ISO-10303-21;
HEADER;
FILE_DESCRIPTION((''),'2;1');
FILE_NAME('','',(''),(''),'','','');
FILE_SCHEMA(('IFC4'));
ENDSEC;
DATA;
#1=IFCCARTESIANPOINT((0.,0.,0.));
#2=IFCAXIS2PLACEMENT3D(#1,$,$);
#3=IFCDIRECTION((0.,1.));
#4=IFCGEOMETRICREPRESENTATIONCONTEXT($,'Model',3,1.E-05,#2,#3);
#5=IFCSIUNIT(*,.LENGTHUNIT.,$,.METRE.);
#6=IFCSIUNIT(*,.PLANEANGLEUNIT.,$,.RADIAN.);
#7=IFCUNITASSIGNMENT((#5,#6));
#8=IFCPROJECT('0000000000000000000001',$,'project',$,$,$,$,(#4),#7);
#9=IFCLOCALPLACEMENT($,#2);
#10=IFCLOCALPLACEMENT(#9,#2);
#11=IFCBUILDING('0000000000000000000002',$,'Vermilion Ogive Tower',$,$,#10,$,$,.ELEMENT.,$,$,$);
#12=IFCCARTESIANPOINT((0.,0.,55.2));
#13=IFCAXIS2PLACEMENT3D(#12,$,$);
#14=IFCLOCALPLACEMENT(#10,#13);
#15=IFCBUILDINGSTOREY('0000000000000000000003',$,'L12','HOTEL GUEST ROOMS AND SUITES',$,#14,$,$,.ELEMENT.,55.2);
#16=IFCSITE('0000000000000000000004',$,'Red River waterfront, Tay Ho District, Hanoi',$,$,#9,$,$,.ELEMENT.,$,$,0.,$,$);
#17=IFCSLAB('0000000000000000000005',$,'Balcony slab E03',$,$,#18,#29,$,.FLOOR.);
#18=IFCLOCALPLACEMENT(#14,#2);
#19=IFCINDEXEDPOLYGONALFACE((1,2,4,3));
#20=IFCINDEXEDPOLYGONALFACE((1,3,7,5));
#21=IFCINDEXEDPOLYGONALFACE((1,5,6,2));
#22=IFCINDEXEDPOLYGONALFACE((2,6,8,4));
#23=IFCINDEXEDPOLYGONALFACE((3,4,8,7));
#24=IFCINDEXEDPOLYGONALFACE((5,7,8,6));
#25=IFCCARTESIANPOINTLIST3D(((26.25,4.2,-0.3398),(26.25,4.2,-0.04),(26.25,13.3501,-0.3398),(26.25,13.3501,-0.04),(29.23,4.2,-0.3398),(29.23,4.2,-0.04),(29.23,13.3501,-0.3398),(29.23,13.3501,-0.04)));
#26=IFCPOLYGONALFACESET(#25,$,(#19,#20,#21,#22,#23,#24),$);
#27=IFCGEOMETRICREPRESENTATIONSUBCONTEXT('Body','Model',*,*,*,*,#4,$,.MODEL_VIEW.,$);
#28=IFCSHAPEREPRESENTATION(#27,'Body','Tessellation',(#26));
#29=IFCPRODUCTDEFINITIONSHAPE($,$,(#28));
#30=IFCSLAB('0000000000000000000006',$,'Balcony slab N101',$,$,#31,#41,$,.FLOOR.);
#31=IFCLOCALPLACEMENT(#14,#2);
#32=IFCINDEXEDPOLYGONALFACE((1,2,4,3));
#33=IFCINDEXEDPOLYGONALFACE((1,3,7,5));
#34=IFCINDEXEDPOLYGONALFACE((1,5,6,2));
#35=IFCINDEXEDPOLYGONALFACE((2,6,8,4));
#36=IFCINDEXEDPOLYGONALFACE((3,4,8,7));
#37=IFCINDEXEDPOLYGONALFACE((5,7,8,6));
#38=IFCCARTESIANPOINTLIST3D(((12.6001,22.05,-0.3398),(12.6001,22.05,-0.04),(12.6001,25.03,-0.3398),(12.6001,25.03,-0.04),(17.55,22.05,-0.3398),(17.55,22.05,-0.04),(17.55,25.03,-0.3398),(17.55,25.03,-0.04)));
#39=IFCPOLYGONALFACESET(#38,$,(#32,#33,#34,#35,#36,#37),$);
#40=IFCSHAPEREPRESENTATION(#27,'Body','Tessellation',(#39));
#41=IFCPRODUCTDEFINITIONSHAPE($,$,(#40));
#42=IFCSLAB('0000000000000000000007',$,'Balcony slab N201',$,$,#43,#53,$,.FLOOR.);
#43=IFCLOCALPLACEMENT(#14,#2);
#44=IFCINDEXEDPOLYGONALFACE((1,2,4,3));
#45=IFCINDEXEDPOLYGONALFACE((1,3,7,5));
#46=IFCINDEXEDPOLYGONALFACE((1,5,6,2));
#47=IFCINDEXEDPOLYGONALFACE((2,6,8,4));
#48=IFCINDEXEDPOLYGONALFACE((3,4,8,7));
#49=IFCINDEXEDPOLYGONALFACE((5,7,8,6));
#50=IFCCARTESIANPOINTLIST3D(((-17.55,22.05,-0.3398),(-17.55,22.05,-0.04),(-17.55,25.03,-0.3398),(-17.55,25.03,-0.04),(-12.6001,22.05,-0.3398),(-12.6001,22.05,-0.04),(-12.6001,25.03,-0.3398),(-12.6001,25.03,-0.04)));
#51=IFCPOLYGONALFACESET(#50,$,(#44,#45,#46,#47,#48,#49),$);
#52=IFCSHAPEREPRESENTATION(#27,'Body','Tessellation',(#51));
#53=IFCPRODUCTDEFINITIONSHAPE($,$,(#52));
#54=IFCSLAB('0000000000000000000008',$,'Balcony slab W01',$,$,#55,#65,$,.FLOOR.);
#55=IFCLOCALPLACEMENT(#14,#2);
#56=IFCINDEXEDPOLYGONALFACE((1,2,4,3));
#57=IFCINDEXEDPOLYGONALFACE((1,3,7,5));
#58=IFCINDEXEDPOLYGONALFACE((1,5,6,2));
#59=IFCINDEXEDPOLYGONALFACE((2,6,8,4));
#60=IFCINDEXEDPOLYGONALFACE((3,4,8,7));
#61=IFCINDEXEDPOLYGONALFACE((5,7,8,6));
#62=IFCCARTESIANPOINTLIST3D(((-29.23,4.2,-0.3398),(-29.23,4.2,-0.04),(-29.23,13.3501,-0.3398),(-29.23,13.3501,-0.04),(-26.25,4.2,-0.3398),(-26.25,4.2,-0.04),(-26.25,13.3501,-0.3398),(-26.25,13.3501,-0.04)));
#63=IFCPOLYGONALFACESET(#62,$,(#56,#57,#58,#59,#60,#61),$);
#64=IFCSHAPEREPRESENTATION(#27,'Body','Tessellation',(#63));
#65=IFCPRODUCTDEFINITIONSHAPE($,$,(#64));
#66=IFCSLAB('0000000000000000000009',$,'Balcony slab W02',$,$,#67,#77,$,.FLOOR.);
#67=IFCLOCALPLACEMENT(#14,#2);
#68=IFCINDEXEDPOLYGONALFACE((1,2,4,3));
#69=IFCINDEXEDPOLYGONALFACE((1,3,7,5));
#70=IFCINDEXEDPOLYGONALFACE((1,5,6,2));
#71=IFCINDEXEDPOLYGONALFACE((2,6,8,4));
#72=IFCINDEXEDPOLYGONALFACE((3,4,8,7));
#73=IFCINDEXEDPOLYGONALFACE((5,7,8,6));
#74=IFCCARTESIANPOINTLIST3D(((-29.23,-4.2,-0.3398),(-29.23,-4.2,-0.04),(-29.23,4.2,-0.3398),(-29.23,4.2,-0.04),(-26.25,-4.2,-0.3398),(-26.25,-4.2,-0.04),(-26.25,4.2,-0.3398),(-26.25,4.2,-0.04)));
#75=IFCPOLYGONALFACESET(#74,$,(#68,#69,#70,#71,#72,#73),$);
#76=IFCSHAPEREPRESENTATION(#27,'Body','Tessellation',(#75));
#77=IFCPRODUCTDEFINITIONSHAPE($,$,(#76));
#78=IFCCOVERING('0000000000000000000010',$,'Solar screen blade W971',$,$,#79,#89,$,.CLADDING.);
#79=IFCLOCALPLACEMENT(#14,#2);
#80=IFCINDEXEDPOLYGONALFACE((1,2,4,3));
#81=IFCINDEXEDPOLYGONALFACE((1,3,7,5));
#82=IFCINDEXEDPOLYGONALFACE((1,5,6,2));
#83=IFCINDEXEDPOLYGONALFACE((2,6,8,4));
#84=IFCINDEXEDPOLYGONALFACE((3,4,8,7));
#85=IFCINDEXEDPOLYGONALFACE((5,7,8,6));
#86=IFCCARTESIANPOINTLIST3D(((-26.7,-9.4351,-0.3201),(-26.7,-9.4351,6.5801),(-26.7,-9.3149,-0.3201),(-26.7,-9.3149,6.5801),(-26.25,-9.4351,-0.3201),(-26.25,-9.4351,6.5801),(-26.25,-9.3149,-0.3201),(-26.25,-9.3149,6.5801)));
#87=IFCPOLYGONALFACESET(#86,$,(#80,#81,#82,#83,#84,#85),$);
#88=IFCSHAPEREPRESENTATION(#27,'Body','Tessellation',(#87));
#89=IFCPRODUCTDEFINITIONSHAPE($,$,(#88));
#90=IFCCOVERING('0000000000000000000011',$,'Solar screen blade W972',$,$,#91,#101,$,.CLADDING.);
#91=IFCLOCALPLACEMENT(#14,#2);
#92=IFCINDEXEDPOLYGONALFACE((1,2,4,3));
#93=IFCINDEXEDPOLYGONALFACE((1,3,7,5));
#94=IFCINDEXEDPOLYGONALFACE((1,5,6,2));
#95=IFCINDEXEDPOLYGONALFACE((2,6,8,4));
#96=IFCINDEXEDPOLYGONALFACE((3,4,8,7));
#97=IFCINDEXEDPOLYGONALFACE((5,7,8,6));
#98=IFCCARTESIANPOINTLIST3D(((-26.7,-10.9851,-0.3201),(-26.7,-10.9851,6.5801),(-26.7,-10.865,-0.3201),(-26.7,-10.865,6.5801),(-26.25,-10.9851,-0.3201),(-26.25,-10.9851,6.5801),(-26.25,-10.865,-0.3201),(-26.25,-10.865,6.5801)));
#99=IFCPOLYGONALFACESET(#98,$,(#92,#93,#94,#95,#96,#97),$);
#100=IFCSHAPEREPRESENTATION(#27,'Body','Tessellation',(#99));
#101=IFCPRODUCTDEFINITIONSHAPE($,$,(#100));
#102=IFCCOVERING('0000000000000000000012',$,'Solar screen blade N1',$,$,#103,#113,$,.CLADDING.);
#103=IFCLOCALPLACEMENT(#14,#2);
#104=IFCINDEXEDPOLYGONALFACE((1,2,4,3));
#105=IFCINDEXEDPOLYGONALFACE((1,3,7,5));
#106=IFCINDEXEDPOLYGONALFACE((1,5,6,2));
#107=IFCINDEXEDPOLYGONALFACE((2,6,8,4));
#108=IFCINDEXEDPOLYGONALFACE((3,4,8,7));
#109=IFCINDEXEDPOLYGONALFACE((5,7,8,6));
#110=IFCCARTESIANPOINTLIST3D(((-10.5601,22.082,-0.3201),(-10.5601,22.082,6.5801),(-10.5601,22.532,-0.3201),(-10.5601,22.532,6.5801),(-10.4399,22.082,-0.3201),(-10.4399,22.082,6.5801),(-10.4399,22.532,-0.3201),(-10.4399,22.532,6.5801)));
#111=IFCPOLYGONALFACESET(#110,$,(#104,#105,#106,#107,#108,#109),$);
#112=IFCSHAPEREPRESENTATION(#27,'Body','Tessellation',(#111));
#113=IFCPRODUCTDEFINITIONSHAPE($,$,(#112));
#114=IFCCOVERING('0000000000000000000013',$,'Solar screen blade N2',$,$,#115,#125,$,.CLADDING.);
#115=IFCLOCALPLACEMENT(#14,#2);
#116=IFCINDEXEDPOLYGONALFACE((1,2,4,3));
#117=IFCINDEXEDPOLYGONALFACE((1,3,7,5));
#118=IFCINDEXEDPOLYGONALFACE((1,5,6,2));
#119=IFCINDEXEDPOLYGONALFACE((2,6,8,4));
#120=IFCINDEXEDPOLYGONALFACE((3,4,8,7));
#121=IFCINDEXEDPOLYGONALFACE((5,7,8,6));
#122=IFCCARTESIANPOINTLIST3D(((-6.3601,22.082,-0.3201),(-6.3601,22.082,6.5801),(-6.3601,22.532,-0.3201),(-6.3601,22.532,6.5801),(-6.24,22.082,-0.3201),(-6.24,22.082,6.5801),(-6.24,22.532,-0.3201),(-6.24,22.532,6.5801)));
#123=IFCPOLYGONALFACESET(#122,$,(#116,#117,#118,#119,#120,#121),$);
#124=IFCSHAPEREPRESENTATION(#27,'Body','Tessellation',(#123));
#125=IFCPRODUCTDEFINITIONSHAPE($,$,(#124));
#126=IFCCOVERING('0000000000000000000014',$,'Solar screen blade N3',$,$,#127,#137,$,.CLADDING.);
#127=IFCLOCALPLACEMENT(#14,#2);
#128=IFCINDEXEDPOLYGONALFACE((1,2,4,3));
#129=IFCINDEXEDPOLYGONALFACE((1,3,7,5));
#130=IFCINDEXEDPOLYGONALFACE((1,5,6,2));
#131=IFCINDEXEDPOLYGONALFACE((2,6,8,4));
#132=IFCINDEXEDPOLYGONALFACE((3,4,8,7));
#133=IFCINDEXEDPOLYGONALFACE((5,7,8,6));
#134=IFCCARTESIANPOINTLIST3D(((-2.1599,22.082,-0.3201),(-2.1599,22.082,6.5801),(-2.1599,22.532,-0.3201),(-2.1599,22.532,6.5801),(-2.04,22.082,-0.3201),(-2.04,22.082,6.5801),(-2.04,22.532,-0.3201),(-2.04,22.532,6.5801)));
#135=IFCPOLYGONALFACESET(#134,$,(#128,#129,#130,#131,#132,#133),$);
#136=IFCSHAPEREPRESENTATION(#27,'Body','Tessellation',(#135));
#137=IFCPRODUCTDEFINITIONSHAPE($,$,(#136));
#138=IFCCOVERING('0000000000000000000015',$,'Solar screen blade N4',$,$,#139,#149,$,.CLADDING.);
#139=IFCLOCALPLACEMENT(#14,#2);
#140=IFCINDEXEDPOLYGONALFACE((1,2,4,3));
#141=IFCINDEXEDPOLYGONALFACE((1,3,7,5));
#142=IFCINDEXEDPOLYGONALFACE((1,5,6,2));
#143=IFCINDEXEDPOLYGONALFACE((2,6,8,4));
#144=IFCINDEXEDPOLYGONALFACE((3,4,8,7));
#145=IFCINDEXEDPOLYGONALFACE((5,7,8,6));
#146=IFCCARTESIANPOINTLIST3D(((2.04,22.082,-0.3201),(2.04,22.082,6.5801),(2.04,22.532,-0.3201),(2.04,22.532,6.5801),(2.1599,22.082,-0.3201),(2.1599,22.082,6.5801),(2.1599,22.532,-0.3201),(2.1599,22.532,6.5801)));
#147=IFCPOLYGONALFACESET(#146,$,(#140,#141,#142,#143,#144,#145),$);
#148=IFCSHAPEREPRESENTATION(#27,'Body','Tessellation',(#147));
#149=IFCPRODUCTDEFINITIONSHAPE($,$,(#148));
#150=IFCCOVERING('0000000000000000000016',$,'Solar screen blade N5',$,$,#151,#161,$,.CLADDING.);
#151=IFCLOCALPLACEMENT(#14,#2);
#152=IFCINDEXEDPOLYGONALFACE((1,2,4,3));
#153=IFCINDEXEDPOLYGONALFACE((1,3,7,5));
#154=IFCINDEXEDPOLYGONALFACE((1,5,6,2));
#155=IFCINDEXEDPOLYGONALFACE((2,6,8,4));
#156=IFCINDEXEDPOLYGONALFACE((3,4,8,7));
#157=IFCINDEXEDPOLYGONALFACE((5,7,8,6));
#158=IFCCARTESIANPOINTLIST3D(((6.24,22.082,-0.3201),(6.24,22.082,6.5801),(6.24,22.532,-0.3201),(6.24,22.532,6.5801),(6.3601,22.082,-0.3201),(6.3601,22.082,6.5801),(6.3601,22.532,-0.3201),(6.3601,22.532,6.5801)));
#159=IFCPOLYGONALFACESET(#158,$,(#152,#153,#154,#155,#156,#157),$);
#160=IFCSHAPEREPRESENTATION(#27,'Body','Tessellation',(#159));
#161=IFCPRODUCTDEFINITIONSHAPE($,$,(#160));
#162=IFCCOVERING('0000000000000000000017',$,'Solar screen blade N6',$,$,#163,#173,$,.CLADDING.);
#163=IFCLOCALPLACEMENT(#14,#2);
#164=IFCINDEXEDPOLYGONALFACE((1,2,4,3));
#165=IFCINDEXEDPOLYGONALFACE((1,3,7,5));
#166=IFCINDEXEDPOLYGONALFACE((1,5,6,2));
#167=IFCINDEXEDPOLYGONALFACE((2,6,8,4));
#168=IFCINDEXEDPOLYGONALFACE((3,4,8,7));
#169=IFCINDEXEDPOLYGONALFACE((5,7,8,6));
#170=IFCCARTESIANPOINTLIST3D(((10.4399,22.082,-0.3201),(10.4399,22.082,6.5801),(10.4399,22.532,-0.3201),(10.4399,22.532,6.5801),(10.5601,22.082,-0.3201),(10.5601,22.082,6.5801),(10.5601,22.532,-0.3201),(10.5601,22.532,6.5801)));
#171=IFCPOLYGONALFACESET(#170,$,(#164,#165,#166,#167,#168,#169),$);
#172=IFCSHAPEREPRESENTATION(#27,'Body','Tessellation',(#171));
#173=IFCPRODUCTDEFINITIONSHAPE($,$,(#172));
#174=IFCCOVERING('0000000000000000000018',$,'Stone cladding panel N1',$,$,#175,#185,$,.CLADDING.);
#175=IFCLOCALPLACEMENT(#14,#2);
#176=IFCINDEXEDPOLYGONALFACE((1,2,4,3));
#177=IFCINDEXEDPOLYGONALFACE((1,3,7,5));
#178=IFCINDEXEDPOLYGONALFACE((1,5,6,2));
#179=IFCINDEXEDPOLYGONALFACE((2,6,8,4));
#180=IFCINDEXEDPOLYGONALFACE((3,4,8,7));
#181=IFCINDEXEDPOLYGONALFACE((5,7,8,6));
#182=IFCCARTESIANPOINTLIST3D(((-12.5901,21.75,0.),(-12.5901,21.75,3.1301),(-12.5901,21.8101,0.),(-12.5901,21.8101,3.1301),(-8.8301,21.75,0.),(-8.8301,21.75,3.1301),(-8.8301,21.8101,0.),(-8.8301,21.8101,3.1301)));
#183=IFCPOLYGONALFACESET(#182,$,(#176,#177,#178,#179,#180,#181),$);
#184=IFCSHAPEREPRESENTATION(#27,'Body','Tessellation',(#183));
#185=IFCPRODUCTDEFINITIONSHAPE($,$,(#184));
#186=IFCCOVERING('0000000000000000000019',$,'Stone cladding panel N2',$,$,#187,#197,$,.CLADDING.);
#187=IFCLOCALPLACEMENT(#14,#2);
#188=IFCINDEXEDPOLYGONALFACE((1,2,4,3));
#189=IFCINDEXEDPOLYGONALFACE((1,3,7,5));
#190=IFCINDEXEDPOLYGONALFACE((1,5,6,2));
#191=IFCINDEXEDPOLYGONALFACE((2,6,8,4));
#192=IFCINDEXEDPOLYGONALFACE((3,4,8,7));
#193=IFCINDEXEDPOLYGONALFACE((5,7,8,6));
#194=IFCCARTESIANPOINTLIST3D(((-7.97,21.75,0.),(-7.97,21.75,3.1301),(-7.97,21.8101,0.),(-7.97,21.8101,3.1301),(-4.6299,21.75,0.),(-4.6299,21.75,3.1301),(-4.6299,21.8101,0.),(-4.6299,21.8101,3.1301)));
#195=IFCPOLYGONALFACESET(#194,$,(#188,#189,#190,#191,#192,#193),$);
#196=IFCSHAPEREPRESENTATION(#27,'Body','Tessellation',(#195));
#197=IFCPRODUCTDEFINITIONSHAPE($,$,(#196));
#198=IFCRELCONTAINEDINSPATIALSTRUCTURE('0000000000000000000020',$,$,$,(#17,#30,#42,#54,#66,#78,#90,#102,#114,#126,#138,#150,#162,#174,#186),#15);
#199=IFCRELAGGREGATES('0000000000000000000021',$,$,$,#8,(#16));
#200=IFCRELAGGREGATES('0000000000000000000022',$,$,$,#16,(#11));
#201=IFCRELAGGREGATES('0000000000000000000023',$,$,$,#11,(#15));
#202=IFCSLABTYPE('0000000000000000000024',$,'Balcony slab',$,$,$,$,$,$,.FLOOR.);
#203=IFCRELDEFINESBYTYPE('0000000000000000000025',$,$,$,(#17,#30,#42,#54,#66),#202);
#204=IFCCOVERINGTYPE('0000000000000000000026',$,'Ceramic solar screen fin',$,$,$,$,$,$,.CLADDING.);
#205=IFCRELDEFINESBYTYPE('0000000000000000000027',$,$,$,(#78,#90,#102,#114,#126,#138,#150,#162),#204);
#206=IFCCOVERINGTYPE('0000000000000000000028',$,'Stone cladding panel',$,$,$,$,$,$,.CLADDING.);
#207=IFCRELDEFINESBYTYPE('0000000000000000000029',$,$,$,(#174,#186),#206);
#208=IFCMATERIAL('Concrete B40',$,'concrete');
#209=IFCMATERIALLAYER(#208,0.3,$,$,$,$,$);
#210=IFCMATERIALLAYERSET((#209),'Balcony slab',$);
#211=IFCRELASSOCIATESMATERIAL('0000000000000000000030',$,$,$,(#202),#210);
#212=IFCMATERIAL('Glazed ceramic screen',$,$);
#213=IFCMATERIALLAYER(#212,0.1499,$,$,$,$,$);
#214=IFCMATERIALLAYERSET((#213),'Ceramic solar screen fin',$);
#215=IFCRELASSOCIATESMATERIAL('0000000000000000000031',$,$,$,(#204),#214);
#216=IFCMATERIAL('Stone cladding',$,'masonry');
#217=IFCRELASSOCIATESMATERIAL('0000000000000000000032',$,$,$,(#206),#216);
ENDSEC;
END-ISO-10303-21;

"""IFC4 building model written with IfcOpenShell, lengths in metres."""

from ifc_helpers import new_model, si_unit, direction, frame, origin, place, context, subcontext, project, spatial, polyline, outline, extrude, material, layer, layer_set, type_object, element, save


model = new_model("IFC4")

# Units and contexts
model_context = context("Model", 3, precision=1e-05, world=origin(), true_north=direction((0.0, 1.0)))
body_context = subcontext(model_context, "Body", "Model", "MODEL_VIEW")
ifc_project = project(units=[si_unit("LENGTHUNIT", "METRE"), si_unit("PLANEANGLEUNIT", "RADIAN")], contexts=[model_context])

# Site, building, storey
site_placement = place(None, origin())
site = spatial("IfcSite", under=ifc_project, at=site_placement, Name="Red River waterfront, Tay Ho District, Hanoi", CompositionType="ELEMENT", RefElevation=0.0)
building_placement = place(site_placement, origin())
building = spatial("IfcBuilding", under=site, at=building_placement, Name="Vermilion Ogive Tower", CompositionType="ELEMENT")
storey_placement = place(building_placement, frame((0.0, 0.0, 55.2)))
storey = spatial("IfcBuildingStorey", under=building, at=storey_placement, Name="L12", Description="HOTEL GUEST ROOMS AND SUITES", CompositionType="ELEMENT", Elevation=55.2)

# Slabs
ifc_material_1 = material(Name="Concrete B40", Category="concrete")
ifc_layer_1 = layer(ifc_material_1, 0.3)
ifc_layer_set_1 = layer_set([ifc_layer_1], Name="Balcony slab")
slab_type = type_object("IfcSlabType", Name="Balcony slab", PredefinedType="FLOOR", material=ifc_layer_set_1)
slab_1_placement = place(storey_placement, frame((0.0, 0.0, -0.3398)))
element("IfcSlab", 1, at=slab_1_placement, inside=storey, type_object=slab_type, Name="Balcony slab E03", PredefinedType="FLOOR", context=body_context, shape_type="SweptSolid", body=[
    extrude(outline(polyline([(29.23, 4.2), (29.23, 13.3501), (26.25, 13.3501), (26.25, 4.2), (29.23, 4.2)])), origin(), (0.0, 0.0, 1.0), 0.2998),
])
slab_2_placement = place(storey_placement, frame((0.0, 0.0, -0.3398)))
element("IfcSlab", 2, at=slab_2_placement, inside=storey, type_object=slab_type, Name="Balcony slab N101", PredefinedType="FLOOR", context=body_context, shape_type="SweptSolid", body=[
    extrude(outline(polyline([(17.55, 25.03), (12.6001, 25.03), (12.6001, 22.05), (17.55, 22.05), (17.55, 25.03)])), origin(), (0.0, 0.0, 1.0), 0.2998),
])
slab_3_placement = place(storey_placement, frame((0.0, 0.0, -0.3398)))
element("IfcSlab", 3, at=slab_3_placement, inside=storey, type_object=slab_type, Name="Balcony slab N201", PredefinedType="FLOOR", context=body_context, shape_type="SweptSolid", body=[
    extrude(outline(polyline([(-12.6001, 25.03), (-17.55, 25.03), (-17.55, 22.05), (-12.6001, 22.05), (-12.6001, 25.03)])), origin(), (0.0, 0.0, 1.0), 0.2998),
])
slab_4_placement = place(storey_placement, frame((0.0, 0.0, -0.3398)))
element("IfcSlab", 4, at=slab_4_placement, inside=storey, type_object=slab_type, Name="Balcony slab W01", PredefinedType="FLOOR", context=body_context, shape_type="SweptSolid", body=[
    extrude(outline(polyline([(-29.23, 13.3501), (-29.23, 4.2), (-26.25, 4.2), (-26.25, 13.3501), (-29.23, 13.3501)])), origin(), (0.0, 0.0, 1.0), 0.2998),
])
slab_5_placement = place(storey_placement, frame((0.0, 0.0, -0.3398)))
element("IfcSlab", 5, at=slab_5_placement, inside=storey, type_object=slab_type, Name="Balcony slab W02", PredefinedType="FLOOR", context=body_context, shape_type="SweptSolid", body=[
    extrude(outline(polyline([(-29.23, 4.2), (-29.23, -4.2), (-26.25, -4.2), (-26.25, 4.2), (-29.23, 4.2)])), origin(), (0.0, 0.0, 1.0), 0.2998),
])

# Coverings
ifc_material_2 = material(Name="Glazed ceramic screen")
ifc_layer_2 = layer(ifc_material_2, 0.1499)
ifc_layer_set_2 = layer_set([ifc_layer_2], Name="Ceramic solar screen fin")
covering_type_1 = type_object("IfcCoveringType", Name="Ceramic solar screen fin", PredefinedType="CLADDING", material=ifc_layer_set_2)
covering_1_placement = place(storey_placement, frame((0.0, 0.0, -0.3201)))
element("IfcCovering", 6, at=covering_1_placement, inside=storey, type_object=covering_type_1, Name="Solar screen blade W971", PredefinedType="CLADDING", context=body_context, shape_type="SweptSolid", body=[
    extrude(outline(polyline([(-26.7, -9.3149), (-26.7, -9.4351), (-26.25, -9.4351), (-26.25, -9.3149), (-26.7, -9.3149)])), origin(), (0.0, 0.0, 1.0), 6.9001),
])
covering_2_placement = place(storey_placement, frame((0.0, 0.0, -0.3201)))
element("IfcCovering", 7, at=covering_2_placement, inside=storey, type_object=covering_type_1, Name="Solar screen blade W972", PredefinedType="CLADDING", context=body_context, shape_type="SweptSolid", body=[
    extrude(outline(polyline([(-26.7, -10.865), (-26.7, -10.9851), (-26.25, -10.9851), (-26.25, -10.865), (-26.7, -10.865)])), origin(), (0.0, 0.0, 1.0), 6.9001),
])
covering_3_placement = place(storey_placement, frame((0.0, 0.0, -0.3201)))
element("IfcCovering", 8, at=covering_3_placement, inside=storey, type_object=covering_type_1, Name="Solar screen blade N1", PredefinedType="CLADDING", context=body_context, shape_type="SweptSolid", body=[
    extrude(outline(polyline([(-10.5601, 22.082), (-10.4399, 22.082), (-10.4399, 22.532), (-10.5601, 22.532), (-10.5601, 22.082)])), origin(), (0.0, 0.0, 1.0), 6.9001),
])
covering_4_placement = place(storey_placement, frame((0.0, 0.0, -0.3201)))
element("IfcCovering", 9, at=covering_4_placement, inside=storey, type_object=covering_type_1, Name="Solar screen blade N2", PredefinedType="CLADDING", context=body_context, shape_type="SweptSolid", body=[
    extrude(outline(polyline([(-6.3601, 22.082), (-6.24, 22.082), (-6.24, 22.532), (-6.3601, 22.532), (-6.3601, 22.082)])), origin(), (0.0, 0.0, 1.0), 6.9001),
])
covering_5_placement = place(storey_placement, frame((0.0, 0.0, -0.3201)))
element("IfcCovering", 10, at=covering_5_placement, inside=storey, type_object=covering_type_1, Name="Solar screen blade N3", PredefinedType="CLADDING", context=body_context, shape_type="SweptSolid", body=[
    extrude(outline(polyline([(-2.1599, 22.082), (-2.04, 22.082), (-2.04, 22.532), (-2.1599, 22.532), (-2.1599, 22.082)])), origin(), (0.0, 0.0, 1.0), 6.9001),
])
covering_6_placement = place(storey_placement, frame((0.0, 0.0, -0.3201)))
element("IfcCovering", 11, at=covering_6_placement, inside=storey, type_object=covering_type_1, Name="Solar screen blade N4", PredefinedType="CLADDING", context=body_context, shape_type="SweptSolid", body=[
    extrude(outline(polyline([(2.04, 22.082), (2.1599, 22.082), (2.1599, 22.532), (2.04, 22.532), (2.04, 22.082)])), origin(), (0.0, 0.0, 1.0), 6.9001),
])
covering_7_placement = place(storey_placement, frame((0.0, 0.0, -0.3201)))
element("IfcCovering", 12, at=covering_7_placement, inside=storey, type_object=covering_type_1, Name="Solar screen blade N5", PredefinedType="CLADDING", context=body_context, shape_type="SweptSolid", body=[
    extrude(outline(polyline([(6.24, 22.082), (6.3601, 22.082), (6.3601, 22.532), (6.24, 22.532), (6.24, 22.082)])), origin(), (0.0, 0.0, 1.0), 6.9001),
])
covering_8_placement = place(storey_placement, frame((0.0, 0.0, -0.3201)))
element("IfcCovering", 13, at=covering_8_placement, inside=storey, type_object=covering_type_1, Name="Solar screen blade N6", PredefinedType="CLADDING", context=body_context, shape_type="SweptSolid", body=[
    extrude(outline(polyline([(10.4399, 22.082), (10.5601, 22.082), (10.5601, 22.532), (10.4399, 22.532), (10.4399, 22.082)])), origin(), (0.0, 0.0, 1.0), 6.9001),
])
ifc_material_3 = material(Name="Stone cladding", Category="masonry")
covering_type_2 = type_object("IfcCoveringType", Name="Stone cladding panel", PredefinedType="CLADDING", material=ifc_material_3)
covering_9_placement = place(storey_placement, origin())
element("IfcCovering", 14, at=covering_9_placement, inside=storey, type_object=covering_type_2, Name="Stone cladding panel N1", PredefinedType="CLADDING", context=body_context, shape_type="SweptSolid", body=[
    extrude(outline(polyline([(-12.5901, 21.75), (-8.8301, 21.75), (-8.8301, 21.8101), (-12.5901, 21.8101), (-12.5901, 21.75)])), origin(), (0.0, 0.0, 1.0), 3.1301),
])
covering_10_placement = place(storey_placement, origin())
element("IfcCovering", 15, at=covering_10_placement, inside=storey, type_object=covering_type_2, Name="Stone cladding panel N2", PredefinedType="CLADDING", context=body_context, shape_type="SweptSolid", body=[
    extrude(outline(polyline([(-7.97, 21.75), (-4.6299, 21.75), (-4.6299, 21.8101), (-7.97, 21.8101), (-7.97, 21.75)])), origin(), (0.0, 0.0, 1.0), 3.1301),
])

save(model, "model.ifc")
